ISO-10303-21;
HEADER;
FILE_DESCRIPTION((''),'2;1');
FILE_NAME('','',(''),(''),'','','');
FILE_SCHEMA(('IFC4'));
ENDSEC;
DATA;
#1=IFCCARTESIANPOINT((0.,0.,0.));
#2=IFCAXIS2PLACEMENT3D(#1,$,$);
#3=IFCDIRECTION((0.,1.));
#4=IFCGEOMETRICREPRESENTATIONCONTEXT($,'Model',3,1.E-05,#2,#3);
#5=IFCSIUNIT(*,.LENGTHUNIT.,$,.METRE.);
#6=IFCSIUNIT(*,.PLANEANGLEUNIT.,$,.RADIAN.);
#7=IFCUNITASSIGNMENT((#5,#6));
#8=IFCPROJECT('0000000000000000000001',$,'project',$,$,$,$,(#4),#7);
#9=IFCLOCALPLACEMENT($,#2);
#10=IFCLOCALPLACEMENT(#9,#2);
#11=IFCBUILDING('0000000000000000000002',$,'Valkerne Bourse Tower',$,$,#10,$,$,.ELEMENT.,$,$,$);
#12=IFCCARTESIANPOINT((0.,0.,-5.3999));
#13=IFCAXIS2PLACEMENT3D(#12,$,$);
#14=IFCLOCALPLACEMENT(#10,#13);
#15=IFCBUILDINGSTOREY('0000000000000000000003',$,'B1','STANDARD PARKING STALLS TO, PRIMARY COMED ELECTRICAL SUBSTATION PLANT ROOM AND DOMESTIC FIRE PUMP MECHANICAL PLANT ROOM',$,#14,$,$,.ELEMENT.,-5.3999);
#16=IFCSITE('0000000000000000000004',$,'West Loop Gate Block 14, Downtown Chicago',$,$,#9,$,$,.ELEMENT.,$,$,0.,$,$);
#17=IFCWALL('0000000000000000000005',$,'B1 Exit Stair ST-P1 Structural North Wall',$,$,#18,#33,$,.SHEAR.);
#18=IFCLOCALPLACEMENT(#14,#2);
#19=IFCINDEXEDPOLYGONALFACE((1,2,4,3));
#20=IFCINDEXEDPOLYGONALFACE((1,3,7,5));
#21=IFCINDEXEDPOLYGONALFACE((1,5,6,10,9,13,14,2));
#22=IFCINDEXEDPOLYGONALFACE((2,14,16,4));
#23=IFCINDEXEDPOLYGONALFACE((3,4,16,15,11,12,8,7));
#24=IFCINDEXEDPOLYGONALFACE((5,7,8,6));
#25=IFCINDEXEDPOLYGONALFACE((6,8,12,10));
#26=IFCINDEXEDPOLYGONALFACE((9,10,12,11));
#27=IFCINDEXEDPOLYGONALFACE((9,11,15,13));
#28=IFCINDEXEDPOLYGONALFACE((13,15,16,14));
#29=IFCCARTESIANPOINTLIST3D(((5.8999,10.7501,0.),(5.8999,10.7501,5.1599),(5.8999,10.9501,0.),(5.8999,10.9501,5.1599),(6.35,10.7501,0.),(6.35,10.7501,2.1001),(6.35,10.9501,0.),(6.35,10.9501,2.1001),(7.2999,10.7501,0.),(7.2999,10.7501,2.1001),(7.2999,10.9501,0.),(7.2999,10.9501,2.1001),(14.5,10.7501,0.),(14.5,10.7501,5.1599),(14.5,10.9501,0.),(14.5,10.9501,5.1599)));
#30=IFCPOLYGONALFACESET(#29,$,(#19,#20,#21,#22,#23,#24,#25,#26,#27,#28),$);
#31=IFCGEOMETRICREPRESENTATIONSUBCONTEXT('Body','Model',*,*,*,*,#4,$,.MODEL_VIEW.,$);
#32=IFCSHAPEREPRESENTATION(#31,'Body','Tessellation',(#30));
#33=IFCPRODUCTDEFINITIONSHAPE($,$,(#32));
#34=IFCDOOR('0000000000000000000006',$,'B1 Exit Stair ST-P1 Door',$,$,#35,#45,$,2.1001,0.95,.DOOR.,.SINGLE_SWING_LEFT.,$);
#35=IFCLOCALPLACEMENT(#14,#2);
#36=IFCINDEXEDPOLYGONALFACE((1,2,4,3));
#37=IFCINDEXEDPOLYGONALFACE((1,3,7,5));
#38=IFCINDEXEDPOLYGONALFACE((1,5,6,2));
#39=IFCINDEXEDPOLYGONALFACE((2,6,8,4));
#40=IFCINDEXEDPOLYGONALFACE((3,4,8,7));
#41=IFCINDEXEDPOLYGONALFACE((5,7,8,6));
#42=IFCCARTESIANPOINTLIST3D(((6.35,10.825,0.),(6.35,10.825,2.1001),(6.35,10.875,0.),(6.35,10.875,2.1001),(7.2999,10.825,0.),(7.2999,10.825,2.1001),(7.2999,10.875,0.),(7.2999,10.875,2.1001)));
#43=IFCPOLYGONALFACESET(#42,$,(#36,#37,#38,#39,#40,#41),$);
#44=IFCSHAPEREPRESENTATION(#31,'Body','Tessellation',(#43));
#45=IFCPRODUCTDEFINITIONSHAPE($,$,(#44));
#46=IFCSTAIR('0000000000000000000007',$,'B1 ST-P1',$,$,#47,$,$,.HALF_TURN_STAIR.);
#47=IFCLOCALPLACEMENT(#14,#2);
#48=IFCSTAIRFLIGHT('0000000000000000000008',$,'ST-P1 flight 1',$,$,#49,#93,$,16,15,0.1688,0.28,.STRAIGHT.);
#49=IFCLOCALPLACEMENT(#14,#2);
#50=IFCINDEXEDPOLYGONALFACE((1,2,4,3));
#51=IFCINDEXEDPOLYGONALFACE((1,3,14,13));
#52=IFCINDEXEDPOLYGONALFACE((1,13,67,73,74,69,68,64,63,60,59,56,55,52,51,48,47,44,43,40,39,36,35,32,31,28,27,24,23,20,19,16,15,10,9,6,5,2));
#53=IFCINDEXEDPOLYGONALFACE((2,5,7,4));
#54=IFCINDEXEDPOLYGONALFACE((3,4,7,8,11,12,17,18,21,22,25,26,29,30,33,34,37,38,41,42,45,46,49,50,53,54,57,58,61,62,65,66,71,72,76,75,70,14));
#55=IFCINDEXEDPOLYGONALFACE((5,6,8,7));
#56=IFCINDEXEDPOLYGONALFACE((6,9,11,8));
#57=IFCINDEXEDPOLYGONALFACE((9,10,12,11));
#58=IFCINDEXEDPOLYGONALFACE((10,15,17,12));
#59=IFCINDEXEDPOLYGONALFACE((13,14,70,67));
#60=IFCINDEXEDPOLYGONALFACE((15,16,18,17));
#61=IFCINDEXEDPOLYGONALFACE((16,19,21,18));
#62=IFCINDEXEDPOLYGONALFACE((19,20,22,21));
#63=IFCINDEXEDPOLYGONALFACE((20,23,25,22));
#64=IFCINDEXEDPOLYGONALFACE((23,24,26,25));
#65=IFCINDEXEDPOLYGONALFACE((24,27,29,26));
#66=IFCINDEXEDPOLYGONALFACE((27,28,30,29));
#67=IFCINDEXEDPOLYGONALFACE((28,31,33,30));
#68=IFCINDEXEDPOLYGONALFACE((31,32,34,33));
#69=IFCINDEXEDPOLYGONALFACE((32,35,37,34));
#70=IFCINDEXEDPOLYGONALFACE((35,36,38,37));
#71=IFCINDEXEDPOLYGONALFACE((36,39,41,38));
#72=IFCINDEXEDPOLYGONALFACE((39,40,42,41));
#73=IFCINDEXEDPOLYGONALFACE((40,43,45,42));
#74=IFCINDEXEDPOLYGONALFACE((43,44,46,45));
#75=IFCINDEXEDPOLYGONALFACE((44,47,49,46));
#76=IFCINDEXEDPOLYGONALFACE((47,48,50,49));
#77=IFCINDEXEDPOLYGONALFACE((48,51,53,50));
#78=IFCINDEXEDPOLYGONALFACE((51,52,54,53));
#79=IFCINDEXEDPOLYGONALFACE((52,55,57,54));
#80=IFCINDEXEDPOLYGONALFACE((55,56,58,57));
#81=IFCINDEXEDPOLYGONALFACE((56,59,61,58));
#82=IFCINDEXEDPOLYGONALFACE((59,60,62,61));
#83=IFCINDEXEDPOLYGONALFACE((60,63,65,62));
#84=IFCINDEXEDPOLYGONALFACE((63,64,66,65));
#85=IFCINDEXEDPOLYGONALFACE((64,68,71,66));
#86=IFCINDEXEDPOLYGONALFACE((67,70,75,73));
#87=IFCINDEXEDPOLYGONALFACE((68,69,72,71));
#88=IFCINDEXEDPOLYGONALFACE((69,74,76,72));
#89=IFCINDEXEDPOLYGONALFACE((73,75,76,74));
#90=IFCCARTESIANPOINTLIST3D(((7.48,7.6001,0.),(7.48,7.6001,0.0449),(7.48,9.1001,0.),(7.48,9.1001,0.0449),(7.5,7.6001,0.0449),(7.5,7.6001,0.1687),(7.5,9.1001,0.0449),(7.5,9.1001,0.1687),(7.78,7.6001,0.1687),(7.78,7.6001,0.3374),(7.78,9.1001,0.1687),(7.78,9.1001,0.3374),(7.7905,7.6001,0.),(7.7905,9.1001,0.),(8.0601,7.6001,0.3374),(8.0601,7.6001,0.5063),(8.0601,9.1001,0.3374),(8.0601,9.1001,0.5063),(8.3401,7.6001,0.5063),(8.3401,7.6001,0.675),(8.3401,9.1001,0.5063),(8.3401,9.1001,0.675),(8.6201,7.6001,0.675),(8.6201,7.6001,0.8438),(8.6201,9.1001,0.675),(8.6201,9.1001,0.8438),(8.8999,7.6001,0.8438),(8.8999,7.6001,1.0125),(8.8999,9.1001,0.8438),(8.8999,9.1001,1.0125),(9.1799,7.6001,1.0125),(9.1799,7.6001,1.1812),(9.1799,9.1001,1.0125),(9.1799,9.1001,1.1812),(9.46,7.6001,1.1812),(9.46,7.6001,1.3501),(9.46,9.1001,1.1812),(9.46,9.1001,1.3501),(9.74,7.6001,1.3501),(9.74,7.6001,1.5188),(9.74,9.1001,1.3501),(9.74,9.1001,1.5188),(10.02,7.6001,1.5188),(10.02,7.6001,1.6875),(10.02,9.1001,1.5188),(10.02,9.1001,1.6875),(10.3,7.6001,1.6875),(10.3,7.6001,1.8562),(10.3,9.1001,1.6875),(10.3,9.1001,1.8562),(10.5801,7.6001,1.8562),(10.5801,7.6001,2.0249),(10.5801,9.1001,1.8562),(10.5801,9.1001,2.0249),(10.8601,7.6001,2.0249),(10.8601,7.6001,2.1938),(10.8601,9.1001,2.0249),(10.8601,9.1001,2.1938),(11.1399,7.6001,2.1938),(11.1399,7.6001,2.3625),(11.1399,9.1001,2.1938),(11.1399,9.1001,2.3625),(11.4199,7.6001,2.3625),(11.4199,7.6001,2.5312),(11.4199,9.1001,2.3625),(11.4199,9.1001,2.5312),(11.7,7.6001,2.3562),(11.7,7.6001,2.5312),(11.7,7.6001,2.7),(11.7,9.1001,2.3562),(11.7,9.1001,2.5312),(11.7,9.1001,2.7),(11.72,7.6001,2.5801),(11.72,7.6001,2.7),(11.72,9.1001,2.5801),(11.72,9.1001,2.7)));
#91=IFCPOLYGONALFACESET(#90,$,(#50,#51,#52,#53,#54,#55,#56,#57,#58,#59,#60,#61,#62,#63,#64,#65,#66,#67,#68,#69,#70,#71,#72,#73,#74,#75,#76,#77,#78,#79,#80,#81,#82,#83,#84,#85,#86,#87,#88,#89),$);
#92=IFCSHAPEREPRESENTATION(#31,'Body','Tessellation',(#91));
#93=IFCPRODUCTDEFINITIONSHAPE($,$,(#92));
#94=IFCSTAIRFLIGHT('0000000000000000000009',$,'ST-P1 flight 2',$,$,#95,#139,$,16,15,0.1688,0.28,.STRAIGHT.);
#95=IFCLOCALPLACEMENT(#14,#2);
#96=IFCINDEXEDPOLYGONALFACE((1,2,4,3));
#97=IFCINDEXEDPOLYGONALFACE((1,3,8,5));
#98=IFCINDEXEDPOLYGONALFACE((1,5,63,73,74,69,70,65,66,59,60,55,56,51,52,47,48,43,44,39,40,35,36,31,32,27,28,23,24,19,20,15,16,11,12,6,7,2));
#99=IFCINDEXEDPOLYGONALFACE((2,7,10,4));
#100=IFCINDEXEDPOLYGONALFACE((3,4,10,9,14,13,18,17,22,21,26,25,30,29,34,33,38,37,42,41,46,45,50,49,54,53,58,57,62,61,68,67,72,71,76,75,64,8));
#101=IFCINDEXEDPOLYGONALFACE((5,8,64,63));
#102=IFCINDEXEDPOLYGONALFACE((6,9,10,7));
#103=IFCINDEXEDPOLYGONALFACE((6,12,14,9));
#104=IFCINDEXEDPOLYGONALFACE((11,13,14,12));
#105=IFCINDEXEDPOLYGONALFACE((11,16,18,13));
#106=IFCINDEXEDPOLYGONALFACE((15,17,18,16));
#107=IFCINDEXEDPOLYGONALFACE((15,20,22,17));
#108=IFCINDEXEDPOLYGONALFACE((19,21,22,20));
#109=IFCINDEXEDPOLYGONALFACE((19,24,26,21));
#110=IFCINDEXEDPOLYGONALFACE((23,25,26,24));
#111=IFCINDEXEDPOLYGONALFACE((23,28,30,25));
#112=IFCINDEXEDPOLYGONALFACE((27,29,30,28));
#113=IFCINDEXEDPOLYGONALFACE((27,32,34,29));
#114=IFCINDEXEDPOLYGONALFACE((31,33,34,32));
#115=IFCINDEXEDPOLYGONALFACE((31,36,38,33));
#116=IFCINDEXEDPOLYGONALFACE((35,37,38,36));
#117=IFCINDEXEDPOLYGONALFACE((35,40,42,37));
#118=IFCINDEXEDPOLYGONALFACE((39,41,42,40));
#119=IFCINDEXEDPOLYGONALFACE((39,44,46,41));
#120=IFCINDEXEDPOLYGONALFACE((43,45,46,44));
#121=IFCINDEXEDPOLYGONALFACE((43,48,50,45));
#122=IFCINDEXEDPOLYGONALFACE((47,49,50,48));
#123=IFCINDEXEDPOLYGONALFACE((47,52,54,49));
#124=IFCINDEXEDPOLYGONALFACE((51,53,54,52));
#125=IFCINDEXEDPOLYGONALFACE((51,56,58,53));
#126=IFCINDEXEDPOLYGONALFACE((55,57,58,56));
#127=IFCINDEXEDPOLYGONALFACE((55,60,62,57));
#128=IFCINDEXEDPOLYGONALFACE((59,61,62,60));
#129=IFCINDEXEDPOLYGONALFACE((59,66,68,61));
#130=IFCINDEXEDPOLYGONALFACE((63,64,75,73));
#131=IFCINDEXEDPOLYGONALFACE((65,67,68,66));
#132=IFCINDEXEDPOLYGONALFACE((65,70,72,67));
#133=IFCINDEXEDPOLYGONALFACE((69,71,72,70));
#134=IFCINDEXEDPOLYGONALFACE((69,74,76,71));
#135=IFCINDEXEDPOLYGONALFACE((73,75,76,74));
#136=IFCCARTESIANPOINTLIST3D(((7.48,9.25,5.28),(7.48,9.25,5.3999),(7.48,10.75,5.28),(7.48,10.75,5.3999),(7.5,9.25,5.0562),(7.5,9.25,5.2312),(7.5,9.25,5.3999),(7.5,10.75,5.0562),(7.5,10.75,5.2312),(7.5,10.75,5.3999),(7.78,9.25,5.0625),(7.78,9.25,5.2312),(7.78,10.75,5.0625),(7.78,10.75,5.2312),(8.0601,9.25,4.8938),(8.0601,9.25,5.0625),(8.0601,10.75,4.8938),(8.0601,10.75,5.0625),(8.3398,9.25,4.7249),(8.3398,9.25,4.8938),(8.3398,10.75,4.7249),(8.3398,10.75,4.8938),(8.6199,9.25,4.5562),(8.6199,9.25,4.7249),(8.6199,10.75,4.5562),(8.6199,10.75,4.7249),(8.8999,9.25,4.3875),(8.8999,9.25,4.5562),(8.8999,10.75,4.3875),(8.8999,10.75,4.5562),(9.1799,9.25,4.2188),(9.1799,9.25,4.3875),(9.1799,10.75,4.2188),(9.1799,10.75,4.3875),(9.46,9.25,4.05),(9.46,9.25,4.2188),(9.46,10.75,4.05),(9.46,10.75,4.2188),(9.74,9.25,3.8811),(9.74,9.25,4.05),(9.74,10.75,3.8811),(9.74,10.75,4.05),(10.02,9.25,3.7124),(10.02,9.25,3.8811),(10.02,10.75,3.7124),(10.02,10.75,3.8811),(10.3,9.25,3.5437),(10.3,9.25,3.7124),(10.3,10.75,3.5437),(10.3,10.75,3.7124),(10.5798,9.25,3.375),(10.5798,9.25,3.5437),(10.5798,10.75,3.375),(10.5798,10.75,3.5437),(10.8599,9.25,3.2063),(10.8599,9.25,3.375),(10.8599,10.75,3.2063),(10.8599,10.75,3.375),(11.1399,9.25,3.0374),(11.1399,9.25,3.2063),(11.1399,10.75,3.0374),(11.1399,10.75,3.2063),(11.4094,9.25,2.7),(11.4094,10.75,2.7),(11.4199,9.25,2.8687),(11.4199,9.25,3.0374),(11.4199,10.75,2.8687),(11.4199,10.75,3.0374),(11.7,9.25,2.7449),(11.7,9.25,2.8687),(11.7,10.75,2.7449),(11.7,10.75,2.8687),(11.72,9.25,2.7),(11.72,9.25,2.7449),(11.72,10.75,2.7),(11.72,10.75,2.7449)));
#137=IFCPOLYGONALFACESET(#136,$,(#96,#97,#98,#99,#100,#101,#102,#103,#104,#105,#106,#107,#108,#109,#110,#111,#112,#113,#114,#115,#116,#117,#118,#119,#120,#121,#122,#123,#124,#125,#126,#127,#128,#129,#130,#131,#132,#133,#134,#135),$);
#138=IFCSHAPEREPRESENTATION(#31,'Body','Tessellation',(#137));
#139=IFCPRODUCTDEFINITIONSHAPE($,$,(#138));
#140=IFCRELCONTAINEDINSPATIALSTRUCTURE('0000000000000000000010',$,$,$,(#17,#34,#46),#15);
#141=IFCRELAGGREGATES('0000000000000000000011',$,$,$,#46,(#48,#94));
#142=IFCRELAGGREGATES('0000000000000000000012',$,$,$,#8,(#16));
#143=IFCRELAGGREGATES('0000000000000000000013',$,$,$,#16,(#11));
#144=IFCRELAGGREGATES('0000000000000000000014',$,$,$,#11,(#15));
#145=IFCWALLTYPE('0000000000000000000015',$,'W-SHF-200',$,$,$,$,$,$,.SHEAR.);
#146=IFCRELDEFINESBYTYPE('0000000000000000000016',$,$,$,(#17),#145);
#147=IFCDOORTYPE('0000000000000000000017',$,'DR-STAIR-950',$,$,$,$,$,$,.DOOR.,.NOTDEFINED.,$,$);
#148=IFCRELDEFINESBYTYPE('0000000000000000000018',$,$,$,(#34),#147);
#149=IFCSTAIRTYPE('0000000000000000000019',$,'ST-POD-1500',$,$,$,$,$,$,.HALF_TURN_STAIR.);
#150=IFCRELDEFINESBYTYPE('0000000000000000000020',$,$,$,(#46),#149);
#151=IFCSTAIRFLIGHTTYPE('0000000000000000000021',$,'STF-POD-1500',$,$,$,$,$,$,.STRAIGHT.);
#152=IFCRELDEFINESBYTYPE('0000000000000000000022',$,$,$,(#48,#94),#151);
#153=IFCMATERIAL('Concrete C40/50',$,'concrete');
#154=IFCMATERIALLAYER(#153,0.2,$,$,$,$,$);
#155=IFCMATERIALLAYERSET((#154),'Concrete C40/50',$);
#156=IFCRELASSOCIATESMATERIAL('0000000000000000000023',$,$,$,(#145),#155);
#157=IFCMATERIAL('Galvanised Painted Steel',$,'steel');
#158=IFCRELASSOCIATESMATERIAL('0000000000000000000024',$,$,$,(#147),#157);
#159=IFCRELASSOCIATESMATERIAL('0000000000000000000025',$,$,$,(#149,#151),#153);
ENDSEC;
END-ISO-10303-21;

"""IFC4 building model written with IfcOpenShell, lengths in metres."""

from ifc_helpers import new_model, si_unit, direction, frame, frame_2d, origin, place, context, subcontext, project, spatial, polyline, rectangle, outline, extrude, material, layer, layer_set, type_object, element, fill, aggregate, save


model = new_model("IFC4")

# Units and contexts
model_context = context("Model", 3, precision=1e-05, world=origin(), true_north=direction((0.0, 1.0)))
body_context = subcontext(model_context, "Body", "Model", "MODEL_VIEW")
ifc_project = project(units=[si_unit("LENGTHUNIT", "METRE"), si_unit("PLANEANGLEUNIT", "RADIAN")], contexts=[model_context])

# Site, building, storey
site_placement = place(None, origin())
site = spatial("IfcSite", under=ifc_project, at=site_placement, Name="West Loop Gate Block 14, Downtown Chicago", CompositionType="ELEMENT", RefElevation=0.0)
building_placement = place(site_placement, origin())
building = spatial("IfcBuilding", under=site, at=building_placement, Name="Valkerne Bourse Tower", CompositionType="ELEMENT")
storey_placement = place(building_placement, frame((0.0, 0.0, -5.3999)))
storey = spatial("IfcBuildingStorey", under=building, at=storey_placement, Name="B1", Description="STANDARD PARKING STALLS TO, PRIMARY COMED ELECTRICAL SUBSTATION PLANT ROOM AND DOMESTIC FIRE PUMP MECHANICAL PLANT ROOM", CompositionType="ELEMENT", Elevation=-5.3999)

# Wall, opening, door
ifc_material_1 = material(Name="Concrete C40/50", Category="concrete")
ifc_layer_1 = layer(ifc_material_1, 0.2)
ifc_layer_set_1 = layer_set([ifc_layer_1], Name="Concrete C40/50")
wall_type_1 = type_object("IfcWallType", Name="W-SHF-200", PredefinedType="SHEAR", material=ifc_layer_set_1)
wall_1_placement = place(storey_placement, frame((5.8999, 10.8501, 0.0), z_axis=(0.0, 0.0, 1.0), x_axis=(1.0, 0.0, 0.0)))
wall_1 = element("IfcWall", 1, at=wall_1_placement, inside=storey, type_object=wall_type_1, Name="B1 Exit Stair ST-P1 Structural North Wall", PredefinedType="SHEAR", context=body_context, shape_type="SweptSolid", body=[
    extrude(rectangle(XDim=8.6001, YDim=0.2, at=frame_2d((4.3, 0.0))), origin(), (0.0, 0.0, 1.0), 5.1599),
])
opening_placement = place(wall_1_placement, frame((0.45, 0.0, 0.0)))
opening = element("IfcOpeningElement", 2, at=opening_placement, cuts=wall_1, PredefinedType="OPENING", context=body_context, shape_type="SweptSolid", body=[
    extrude(rectangle(XDim=0.95, YDim=2.1001, at=frame_2d((0.4751, 1.05))), frame((0.0, 0.1099, 0.0), z_axis=(0.0, -1.0, 0.0), x_axis=(1.0, 0.0, 0.0)), (0.0, 0.0, 1.0), 0.22),
])
ifc_material_2 = material(Name="Galvanised Painted Steel", Category="steel")
door_type = type_object("IfcDoorType", Name="DR-STAIR-950", OperationType="NOTDEFINED", PredefinedType="DOOR", material=ifc_material_2)
door_placement = place(opening_placement, origin())
door = element("IfcDoor", 3, at=door_placement, inside=storey, type_object=door_type, Name="B1 Exit Stair ST-P1 Door", OperationType="SINGLE_SWING_LEFT", OverallHeight=2.1001, OverallWidth=0.95, PredefinedType="DOOR", context=body_context, shape_type="SweptSolid", body=[
    extrude(rectangle(XDim=0.95, YDim=2.1001, at=frame_2d((0.4751, 1.05))), frame((0.0, 0.0249, 0.0), z_axis=(0.0, -1.0, 0.0), x_axis=(1.0, 0.0, 0.0)), (0.0, 0.0, 1.0), 0.05),
])
fill(opening, door)

# Stair, stair flights
stair_type = type_object("IfcStairType", Name="ST-POD-1500", PredefinedType="HALF_TURN_STAIR", material=ifc_material_1)
stair_placement = place(storey_placement, origin())
stair = element("IfcStair", 4, at=stair_placement, inside=storey, type_object=stair_type, Name="B1 ST-P1", PredefinedType="HALF_TURN_STAIR")
stair_flight_type = type_object("IfcStairFlightType", Name="STF-POD-1500", PredefinedType="STRAIGHT", material=ifc_material_1)
stair_flight_1_placement = place(storey_placement, frame((7.5, 8.3501, 0.0), z_axis=(0.0, 0.0, 1.0), x_axis=(1.0, 0.0, 0.0)))
stair_flight_1 = element("IfcStairFlight", 5, at=stair_flight_1_placement, type_object=stair_flight_type, Name="ST-P1 flight 1", NumberOfRisers=16, NumberOfTreads=15, PredefinedType="STRAIGHT", RiserHeight=0.1688, TreadLength=0.28, context=body_context, shape_type="SweptSolid", body=[
    extrude(outline(polyline([(-0.02, 0.0), (-0.02, 0.0449), (0.0, 0.0449), (0.0, 0.1687), (0.28, 0.1687), (0.28, 0.3374), (0.5601, 0.3374), (0.5601, 0.5063), (0.8401, 0.5063), (0.8401, 0.675), (1.1201, 0.675), (1.1201, 0.8438), (1.3999, 0.8438), (1.3999, 1.0125), (1.6799, 1.0125), (1.6799, 1.1812), (1.96, 1.1812), (1.96, 1.3501), (2.24, 1.3501), (2.24, 1.5188), (2.52, 1.5188), (2.52, 1.6875), (2.8, 1.6875), (2.8, 1.8562), (3.0801, 1.8562), (3.0801, 2.0249), (3.3601, 2.0249), (3.3601, 2.1938), (3.6399, 2.1938), (3.6399, 2.3625), (3.9199, 2.3625), (3.9199, 2.5312), (4.2, 2.5312), (4.2, 2.7), (4.22, 2.7), (4.22, 2.5801), (4.2, 2.3562), (0.2905, 0.0), (-0.02, 0.0)])), frame((0.0, 0.75, 0.0), z_axis=(0.0, -1.0, 0.0), x_axis=(1.0, 0.0, 0.0)), (0.0, 0.0, 1.0), 1.5),
])
stair_flight_2_placement = place(storey_placement, frame((11.7, 10.0, 2.7), z_axis=(0.0, 0.0, 1.0), x_axis=(-1.0, 0.0, 0.0)))
stair_flight_2 = element("IfcStairFlight", 6, at=stair_flight_2_placement, type_object=stair_flight_type, Name="ST-P1 flight 2", NumberOfRisers=16, NumberOfTreads=15, PredefinedType="STRAIGHT", RiserHeight=0.1688, TreadLength=0.28, context=body_context, shape_type="SweptSolid", body=[
    extrude(outline(polyline([(-0.02, 0.0), (-0.02, 0.0449), (0.0, 0.0449), (0.0, 0.1687), (0.28, 0.1687), (0.28, 0.3374), (0.5601, 0.3374), (0.5601, 0.5063), (0.8401, 0.5063), (0.8401, 0.675), (1.1201, 0.675), (1.1201, 0.8438), (1.3999, 0.8438), (1.3999, 1.0125), (1.6799, 1.0125), (1.6799, 1.1812), (1.96, 1.1812), (1.96, 1.3501), (2.24, 1.3501), (2.24, 1.5188), (2.52, 1.5188), (2.52, 1.6875), (2.8, 1.6875), (2.8, 1.8562), (3.0801, 1.8562), (3.0801, 2.0249), (3.3601, 2.0249), (3.3601, 2.1938), (3.6399, 2.1938), (3.6399, 2.3625), (3.9199, 2.3625), (3.9199, 2.5312), (4.2, 2.5312), (4.2, 2.7), (4.22, 2.7), (4.22, 2.5801), (4.2, 2.3562), (0.2905, 0.0), (-0.02, 0.0)])), frame((0.0, 0.75, 0.0), z_axis=(0.0, -1.0, 0.0), x_axis=(1.0, 0.0, 0.0)), (0.0, 0.0, 1.0), 1.5),
])
aggregate(stair, [stair_flight_1, stair_flight_2])

save(model, "model.ifc")
